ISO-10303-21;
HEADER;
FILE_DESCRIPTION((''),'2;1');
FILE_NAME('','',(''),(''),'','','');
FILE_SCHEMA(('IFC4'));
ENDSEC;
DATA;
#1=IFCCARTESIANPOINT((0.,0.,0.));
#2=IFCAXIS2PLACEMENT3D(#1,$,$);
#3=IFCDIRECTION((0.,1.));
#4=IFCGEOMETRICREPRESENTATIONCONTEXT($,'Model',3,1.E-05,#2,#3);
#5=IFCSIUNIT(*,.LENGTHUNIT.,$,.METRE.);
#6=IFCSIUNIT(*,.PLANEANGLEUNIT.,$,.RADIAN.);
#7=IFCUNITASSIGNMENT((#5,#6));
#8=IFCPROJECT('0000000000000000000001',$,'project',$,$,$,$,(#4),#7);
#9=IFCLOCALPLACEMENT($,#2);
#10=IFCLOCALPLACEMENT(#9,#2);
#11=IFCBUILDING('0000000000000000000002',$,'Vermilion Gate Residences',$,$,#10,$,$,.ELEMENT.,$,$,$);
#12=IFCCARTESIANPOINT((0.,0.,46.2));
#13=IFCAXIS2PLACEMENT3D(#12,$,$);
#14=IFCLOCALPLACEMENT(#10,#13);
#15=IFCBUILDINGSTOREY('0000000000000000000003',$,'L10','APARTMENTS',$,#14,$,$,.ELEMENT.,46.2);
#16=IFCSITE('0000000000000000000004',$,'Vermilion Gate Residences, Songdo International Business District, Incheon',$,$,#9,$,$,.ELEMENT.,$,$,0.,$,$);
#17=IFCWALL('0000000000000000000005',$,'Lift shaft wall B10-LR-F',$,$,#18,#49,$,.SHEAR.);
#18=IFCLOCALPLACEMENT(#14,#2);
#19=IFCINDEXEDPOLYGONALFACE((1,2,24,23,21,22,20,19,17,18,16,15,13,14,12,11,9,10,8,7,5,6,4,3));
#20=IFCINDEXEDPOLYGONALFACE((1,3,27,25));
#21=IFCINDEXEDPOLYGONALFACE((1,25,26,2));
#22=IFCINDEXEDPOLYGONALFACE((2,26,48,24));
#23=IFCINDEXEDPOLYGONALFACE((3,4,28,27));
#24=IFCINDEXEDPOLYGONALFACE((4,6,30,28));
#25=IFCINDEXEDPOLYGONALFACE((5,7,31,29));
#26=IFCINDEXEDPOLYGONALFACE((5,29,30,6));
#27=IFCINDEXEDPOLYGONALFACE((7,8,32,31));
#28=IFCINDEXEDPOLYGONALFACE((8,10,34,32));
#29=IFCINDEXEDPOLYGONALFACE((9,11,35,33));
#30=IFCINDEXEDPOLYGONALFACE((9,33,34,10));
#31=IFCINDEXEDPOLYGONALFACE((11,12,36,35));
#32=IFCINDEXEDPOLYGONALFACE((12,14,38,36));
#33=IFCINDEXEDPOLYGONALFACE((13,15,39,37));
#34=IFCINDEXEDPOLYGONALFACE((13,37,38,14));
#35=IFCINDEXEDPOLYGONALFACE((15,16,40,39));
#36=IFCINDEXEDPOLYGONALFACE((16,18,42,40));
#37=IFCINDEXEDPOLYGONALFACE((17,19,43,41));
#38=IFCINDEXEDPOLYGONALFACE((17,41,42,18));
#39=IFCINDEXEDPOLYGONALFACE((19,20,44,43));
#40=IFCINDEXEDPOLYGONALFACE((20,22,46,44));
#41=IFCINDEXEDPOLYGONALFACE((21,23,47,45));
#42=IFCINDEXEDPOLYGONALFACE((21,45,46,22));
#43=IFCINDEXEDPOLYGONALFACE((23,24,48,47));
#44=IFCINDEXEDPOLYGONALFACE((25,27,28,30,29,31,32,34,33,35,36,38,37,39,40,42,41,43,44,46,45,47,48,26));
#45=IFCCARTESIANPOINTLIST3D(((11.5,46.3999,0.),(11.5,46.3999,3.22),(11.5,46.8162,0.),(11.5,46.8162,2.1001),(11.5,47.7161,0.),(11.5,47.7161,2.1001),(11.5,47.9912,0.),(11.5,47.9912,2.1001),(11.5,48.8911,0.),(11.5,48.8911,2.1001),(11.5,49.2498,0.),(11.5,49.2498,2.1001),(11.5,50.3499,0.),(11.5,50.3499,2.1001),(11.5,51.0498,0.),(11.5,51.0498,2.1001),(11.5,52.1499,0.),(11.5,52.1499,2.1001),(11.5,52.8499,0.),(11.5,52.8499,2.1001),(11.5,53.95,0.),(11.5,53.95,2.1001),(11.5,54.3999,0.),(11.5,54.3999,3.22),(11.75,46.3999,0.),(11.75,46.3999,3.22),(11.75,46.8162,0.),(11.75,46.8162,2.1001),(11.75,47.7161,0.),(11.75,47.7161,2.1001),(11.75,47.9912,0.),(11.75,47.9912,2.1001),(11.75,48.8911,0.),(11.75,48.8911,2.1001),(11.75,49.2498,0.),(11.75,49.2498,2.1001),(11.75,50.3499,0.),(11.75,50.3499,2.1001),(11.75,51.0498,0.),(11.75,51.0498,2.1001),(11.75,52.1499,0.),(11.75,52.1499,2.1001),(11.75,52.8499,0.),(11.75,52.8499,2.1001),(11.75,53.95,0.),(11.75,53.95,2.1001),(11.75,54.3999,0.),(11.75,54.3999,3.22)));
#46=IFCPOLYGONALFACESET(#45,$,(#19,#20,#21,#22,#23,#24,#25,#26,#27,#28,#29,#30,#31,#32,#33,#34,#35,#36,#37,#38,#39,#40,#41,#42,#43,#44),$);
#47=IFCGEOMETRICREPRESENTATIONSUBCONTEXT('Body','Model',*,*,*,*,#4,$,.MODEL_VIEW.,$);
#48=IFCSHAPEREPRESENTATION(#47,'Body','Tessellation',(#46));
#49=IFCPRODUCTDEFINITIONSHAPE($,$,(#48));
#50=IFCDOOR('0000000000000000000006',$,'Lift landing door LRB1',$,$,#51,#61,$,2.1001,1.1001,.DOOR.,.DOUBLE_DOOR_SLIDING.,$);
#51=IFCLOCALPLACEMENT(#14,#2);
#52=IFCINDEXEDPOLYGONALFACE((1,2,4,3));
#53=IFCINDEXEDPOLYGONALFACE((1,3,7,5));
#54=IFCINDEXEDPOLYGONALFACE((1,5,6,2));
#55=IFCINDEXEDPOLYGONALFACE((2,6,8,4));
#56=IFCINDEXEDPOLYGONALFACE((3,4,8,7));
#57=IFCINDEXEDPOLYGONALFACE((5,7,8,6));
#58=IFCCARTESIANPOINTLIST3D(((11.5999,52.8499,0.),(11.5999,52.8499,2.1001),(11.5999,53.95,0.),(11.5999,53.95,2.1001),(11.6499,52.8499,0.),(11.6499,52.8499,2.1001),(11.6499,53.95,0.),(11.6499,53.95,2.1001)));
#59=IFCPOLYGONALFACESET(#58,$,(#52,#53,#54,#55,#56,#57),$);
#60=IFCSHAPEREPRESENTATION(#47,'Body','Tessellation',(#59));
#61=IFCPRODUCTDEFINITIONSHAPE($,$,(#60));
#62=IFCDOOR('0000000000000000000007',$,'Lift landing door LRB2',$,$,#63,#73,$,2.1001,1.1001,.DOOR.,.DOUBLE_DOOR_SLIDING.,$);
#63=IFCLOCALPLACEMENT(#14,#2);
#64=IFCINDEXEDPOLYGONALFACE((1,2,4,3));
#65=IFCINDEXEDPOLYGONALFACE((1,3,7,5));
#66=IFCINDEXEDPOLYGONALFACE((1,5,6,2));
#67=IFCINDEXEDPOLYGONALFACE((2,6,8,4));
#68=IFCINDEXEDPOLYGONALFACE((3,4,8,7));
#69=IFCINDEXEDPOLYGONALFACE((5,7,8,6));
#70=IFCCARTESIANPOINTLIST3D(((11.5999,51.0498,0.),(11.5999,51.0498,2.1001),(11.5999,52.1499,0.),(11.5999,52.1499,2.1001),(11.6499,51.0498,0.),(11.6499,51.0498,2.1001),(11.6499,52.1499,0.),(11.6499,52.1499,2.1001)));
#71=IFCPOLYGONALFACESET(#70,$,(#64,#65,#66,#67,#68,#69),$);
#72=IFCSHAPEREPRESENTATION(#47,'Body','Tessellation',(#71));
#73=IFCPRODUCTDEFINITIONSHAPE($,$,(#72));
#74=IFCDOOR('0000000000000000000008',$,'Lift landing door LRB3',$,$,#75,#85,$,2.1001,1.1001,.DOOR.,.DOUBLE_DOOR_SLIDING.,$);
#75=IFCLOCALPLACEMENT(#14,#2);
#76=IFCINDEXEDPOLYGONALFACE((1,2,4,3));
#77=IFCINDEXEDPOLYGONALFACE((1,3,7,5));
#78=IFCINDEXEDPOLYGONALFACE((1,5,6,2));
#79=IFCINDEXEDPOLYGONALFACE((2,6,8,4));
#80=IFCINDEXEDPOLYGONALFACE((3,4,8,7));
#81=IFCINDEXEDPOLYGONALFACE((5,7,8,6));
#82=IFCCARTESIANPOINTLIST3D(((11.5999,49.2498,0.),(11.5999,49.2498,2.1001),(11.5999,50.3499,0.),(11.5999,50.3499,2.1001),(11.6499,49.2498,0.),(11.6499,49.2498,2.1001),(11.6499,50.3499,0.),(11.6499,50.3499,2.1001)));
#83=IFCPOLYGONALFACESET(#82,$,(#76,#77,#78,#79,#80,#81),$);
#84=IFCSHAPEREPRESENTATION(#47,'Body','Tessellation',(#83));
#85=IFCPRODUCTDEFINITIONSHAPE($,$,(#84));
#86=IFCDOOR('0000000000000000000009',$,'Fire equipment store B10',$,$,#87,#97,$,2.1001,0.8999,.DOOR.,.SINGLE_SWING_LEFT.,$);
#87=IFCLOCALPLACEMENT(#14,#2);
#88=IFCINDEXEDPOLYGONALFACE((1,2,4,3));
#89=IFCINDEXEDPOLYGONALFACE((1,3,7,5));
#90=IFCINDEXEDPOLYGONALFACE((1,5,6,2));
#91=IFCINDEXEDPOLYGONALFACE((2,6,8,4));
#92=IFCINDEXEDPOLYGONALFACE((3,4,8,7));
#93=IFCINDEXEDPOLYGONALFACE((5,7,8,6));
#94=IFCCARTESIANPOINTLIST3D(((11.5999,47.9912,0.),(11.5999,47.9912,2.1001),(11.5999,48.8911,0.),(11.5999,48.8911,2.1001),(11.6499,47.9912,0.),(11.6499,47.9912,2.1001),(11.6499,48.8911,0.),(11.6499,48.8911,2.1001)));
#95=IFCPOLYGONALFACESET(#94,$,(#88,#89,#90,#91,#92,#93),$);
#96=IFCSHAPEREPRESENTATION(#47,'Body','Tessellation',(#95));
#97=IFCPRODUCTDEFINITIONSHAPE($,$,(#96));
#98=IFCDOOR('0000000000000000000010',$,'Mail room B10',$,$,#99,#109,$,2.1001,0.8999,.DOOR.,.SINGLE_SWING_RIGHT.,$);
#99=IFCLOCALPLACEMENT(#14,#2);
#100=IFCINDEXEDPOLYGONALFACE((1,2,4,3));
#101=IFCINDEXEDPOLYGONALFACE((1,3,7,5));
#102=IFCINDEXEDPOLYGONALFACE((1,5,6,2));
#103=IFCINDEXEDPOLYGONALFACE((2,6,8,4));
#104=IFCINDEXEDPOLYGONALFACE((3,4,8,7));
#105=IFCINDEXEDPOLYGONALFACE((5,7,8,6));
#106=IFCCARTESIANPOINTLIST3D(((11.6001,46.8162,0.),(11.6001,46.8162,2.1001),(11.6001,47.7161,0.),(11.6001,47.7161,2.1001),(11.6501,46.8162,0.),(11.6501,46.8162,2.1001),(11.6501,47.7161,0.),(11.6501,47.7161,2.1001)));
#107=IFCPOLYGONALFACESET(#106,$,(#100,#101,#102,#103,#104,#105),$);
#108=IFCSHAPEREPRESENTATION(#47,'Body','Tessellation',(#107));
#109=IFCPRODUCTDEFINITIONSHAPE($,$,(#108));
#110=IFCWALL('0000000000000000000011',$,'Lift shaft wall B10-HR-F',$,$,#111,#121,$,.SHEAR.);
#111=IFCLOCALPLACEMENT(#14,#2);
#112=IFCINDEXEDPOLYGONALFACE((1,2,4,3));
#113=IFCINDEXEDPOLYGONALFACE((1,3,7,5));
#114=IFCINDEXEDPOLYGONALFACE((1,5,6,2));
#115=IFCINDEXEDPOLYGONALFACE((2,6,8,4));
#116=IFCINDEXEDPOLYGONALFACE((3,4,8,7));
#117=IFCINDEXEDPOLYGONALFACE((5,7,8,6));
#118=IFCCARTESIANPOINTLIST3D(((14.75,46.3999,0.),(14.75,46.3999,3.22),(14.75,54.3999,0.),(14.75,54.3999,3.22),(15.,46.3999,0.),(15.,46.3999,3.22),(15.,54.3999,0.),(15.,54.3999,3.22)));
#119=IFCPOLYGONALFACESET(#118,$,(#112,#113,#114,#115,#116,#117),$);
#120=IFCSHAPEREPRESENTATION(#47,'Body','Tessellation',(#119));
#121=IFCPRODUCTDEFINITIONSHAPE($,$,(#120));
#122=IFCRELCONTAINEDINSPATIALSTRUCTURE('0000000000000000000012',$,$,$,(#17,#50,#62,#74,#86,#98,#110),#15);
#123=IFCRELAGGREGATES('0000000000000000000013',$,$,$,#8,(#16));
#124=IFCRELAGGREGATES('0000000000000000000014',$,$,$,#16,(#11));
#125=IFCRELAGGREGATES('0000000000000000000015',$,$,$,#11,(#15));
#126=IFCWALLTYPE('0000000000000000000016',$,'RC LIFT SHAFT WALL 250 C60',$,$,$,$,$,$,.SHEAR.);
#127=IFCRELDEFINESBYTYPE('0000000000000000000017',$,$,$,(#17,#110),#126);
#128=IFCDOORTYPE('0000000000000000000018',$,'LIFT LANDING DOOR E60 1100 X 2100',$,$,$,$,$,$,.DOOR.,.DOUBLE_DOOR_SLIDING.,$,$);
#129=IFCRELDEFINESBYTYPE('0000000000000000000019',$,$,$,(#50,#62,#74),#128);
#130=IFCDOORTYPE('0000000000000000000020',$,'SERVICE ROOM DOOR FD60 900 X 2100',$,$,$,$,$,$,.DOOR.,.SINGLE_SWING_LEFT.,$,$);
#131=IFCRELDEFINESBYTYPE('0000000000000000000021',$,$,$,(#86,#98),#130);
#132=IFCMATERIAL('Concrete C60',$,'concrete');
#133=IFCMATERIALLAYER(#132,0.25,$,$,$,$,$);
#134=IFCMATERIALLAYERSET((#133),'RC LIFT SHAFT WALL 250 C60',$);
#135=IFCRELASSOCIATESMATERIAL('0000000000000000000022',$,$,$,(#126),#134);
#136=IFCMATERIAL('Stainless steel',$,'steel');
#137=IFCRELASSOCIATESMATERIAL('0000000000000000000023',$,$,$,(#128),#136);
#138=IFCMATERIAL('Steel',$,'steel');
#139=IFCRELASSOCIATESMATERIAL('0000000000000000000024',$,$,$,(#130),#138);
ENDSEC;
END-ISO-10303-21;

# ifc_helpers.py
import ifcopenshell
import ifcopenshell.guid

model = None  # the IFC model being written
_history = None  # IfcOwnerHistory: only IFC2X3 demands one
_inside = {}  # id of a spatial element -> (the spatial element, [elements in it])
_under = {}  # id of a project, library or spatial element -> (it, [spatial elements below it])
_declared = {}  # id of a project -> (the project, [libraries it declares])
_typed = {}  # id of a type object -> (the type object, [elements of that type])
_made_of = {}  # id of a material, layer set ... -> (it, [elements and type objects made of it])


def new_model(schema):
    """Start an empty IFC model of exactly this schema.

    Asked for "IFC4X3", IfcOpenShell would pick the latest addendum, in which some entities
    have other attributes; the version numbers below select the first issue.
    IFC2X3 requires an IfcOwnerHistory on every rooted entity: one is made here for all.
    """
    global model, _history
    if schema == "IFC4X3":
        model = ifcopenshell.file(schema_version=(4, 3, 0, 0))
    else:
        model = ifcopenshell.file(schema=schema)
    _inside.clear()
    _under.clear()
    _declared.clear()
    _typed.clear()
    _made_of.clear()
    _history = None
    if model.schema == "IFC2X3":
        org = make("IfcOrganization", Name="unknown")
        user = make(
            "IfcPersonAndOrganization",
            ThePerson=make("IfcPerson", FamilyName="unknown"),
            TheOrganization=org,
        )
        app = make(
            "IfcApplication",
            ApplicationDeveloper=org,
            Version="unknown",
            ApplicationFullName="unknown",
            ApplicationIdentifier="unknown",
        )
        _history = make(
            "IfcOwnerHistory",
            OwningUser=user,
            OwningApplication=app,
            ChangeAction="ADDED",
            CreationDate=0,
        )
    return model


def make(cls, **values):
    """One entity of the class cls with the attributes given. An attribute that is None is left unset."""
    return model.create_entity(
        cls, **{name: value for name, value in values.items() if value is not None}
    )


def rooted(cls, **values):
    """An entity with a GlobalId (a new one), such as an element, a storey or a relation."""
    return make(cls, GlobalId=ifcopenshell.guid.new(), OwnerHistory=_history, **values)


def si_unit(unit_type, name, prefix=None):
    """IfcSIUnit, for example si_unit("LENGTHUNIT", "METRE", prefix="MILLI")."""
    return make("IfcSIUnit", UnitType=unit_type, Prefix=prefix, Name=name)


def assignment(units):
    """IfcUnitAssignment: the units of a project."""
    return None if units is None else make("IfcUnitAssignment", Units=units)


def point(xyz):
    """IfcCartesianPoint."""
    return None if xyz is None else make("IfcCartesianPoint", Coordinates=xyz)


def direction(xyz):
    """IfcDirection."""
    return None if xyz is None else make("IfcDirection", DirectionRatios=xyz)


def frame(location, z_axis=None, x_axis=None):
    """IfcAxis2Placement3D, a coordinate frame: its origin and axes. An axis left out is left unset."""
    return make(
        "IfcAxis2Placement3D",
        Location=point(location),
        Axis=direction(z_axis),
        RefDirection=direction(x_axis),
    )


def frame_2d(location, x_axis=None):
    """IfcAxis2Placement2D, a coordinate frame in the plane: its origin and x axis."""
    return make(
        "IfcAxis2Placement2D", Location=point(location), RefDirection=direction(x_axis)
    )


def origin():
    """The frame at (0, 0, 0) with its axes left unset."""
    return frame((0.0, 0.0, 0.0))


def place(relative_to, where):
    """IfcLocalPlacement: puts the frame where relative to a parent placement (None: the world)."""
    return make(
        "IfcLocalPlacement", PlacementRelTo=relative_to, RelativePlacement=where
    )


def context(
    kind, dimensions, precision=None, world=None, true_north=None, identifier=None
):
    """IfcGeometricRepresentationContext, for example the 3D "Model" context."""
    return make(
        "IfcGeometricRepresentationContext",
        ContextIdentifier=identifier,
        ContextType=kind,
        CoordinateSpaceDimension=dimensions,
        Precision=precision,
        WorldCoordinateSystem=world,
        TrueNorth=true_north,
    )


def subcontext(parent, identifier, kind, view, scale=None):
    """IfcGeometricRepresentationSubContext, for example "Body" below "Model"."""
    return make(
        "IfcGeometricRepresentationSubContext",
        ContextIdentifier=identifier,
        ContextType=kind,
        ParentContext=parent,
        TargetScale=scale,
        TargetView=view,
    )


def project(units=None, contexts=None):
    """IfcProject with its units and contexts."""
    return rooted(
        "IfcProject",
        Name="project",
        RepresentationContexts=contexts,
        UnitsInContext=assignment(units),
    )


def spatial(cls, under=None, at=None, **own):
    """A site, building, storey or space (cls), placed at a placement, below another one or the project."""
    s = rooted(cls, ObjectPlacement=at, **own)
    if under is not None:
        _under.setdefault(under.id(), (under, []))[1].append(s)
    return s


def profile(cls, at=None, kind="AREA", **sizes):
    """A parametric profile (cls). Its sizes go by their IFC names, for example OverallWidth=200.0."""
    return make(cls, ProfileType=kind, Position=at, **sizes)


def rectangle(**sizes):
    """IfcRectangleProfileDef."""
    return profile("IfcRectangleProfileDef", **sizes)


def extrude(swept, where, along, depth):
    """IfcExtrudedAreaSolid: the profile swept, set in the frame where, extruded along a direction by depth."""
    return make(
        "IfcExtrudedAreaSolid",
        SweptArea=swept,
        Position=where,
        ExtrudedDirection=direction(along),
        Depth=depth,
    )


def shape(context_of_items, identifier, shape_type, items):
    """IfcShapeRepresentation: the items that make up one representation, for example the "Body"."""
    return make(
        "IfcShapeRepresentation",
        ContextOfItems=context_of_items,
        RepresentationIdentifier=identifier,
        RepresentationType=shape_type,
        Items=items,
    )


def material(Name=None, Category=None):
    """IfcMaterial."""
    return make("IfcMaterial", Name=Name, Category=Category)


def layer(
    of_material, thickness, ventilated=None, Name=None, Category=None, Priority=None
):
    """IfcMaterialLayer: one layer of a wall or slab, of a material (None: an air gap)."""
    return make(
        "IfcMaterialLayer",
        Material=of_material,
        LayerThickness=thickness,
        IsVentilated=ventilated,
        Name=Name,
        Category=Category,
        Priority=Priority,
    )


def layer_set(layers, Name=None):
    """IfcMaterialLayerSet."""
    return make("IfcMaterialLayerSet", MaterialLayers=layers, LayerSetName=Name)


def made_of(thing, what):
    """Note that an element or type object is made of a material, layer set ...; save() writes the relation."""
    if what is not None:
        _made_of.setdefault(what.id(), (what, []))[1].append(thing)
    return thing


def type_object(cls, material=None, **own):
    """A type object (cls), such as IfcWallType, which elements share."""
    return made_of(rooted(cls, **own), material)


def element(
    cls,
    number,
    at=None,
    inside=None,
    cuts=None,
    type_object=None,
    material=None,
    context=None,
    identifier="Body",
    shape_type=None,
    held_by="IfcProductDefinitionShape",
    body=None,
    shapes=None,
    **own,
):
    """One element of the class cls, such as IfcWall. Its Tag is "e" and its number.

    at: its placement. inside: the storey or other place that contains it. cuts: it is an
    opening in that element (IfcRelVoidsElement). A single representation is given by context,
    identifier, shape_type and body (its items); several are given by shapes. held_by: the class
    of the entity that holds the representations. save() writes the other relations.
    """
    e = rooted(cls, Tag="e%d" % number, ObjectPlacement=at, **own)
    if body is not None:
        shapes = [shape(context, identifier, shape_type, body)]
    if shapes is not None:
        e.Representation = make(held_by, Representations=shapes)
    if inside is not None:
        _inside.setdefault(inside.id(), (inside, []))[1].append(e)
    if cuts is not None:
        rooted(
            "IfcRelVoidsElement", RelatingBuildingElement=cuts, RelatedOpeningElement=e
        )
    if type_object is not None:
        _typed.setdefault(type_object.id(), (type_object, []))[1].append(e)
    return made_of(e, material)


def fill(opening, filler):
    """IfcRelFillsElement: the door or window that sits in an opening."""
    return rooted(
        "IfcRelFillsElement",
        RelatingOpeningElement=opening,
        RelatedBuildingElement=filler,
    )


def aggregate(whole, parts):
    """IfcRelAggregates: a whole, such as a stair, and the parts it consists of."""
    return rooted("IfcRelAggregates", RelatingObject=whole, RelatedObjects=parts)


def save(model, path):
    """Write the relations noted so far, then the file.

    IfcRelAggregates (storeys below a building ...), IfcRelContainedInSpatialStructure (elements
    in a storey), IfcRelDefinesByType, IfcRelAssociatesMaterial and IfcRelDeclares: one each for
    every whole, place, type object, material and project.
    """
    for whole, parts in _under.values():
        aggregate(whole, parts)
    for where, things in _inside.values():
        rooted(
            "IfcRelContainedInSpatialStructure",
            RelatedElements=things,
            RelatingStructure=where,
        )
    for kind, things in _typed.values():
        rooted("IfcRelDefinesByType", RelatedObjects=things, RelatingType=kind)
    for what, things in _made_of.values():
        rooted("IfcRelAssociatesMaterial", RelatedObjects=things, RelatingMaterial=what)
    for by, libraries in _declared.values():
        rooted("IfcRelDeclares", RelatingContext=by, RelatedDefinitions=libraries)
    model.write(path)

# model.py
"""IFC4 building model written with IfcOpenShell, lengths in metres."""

from ifc_helpers import new_model, si_unit, direction, frame, frame_2d, origin, place, context, subcontext, project, spatial, rectangle, extrude, material, layer, layer_set, type_object, element, fill, save


model = new_model("IFC4")

# Units and contexts
model_context = context("Model", 3, precision=1e-05, world=origin(), true_north=direction((0.0, 1.0)))
body_context = subcontext(model_context, "Body", "Model", "MODEL_VIEW")
ifc_project = project(units=[si_unit("LENGTHUNIT", "METRE"), si_unit("PLANEANGLEUNIT", "RADIAN")], contexts=[model_context])

# Site, building, storey
site_placement = place(None, origin())
site = spatial("IfcSite", under=ifc_project, at=site_placement, Name="Vermilion Gate Residences, Songdo International Business District, Incheon", CompositionType="ELEMENT", RefElevation=0.0)
building_placement = place(site_placement, origin())
building = spatial("IfcBuilding", under=site, at=building_placement, Name="Vermilion Gate Residences", CompositionType="ELEMENT")
storey_placement = place(building_placement, frame((0.0, 0.0, 46.2)))
storey = spatial("IfcBuildingStorey", under=building, at=storey_placement, Name="L10", Description="APARTMENTS", CompositionType="ELEMENT", Elevation=46.2)

# Wall, openings, doors
ifc_material_1 = material(Name="Concrete C60", Category="concrete")
ifc_layer_1 = layer(ifc_material_1, 0.25)
ifc_layer_set_1 = layer_set([ifc_layer_1], Name="RC LIFT SHAFT WALL 250 C60")
wall_type_1 = type_object("IfcWallType", Name="RC LIFT SHAFT WALL 250 C60", PredefinedType="SHEAR", material=ifc_layer_set_1)
wall_1_placement = place(storey_placement, frame((11.625, 54.3999, 0.0), z_axis=(0.0, 0.0, 1.0), x_axis=(0.0, -1.0, 0.0)))
wall_1 = element("IfcWall", 1, at=wall_1_placement, inside=storey, type_object=wall_type_1, Name="Lift shaft wall B10-LR-F", PredefinedType="SHEAR", context=body_context, shape_type="SweptSolid", body=[
    extrude(rectangle(XDim=8.0, YDim=0.25, at=frame_2d((4.0, 0.0))), origin(), (0.0, 0.0, 1.0), 3.22),
])
opening_1_placement = place(wall_1_placement, frame((0.45, 0.0, 0.0)))
opening_1 = element("IfcOpeningElement", 2, at=opening_1_placement, cuts=wall_1, PredefinedType="OPENING", context=body_context, shape_type="SweptSolid", body=[
    extrude(rectangle(XDim=1.1001, YDim=2.1001, at=frame_2d((0.55, 1.05))), frame((0.0, 0.135, 0.0), z_axis=(0.0, -1.0, 0.0), x_axis=(1.0, 0.0, 0.0)), (0.0, 0.0, 1.0), 0.27),
])
opening_2_placement = place(wall_1_placement, frame((2.25, 0.0, 0.0)))
opening_2 = element("IfcOpeningElement", 3, at=opening_2_placement, cuts=wall_1, PredefinedType="OPENING", context=body_context, shape_type="SweptSolid", body=[
    extrude(rectangle(XDim=1.1001, YDim=2.1001, at=frame_2d((0.55, 1.05))), frame((0.0, 0.135, 0.0), z_axis=(0.0, -1.0, 0.0), x_axis=(1.0, 0.0, 0.0)), (0.0, 0.0, 1.0), 0.27),
])
opening_3_placement = place(wall_1_placement, frame((4.05, 0.0, 0.0)))
opening_3 = element("IfcOpeningElement", 4, at=opening_3_placement, cuts=wall_1, PredefinedType="OPENING", context=body_context, shape_type="SweptSolid", body=[
    extrude(rectangle(XDim=1.1001, YDim=2.1001, at=frame_2d((0.55, 1.05))), frame((0.0, 0.135, 0.0), z_axis=(0.0, -1.0, 0.0), x_axis=(1.0, 0.0, 0.0)), (0.0, 0.0, 1.0), 0.27),
])
opening_4_placement = place(wall_1_placement, frame((5.5088, 0.0, 0.0)))
opening_4 = element("IfcOpeningElement", 5, at=opening_4_placement, cuts=wall_1, PredefinedType="OPENING", context=body_context, shape_type="SweptSolid", body=[
    extrude(rectangle(XDim=0.8999, YDim=2.1001, at=frame_2d((0.45, 1.05))), frame((0.0, 0.135, 0.0), z_axis=(0.0, -1.0, 0.0), x_axis=(1.0, 0.0, 0.0)), (0.0, 0.0, 1.0), 0.27),
])
opening_5_placement = place(wall_1_placement, frame((6.6838, 0.0, 0.0)))
opening_5 = element("IfcOpeningElement", 6, at=opening_5_placement, cuts=wall_1, PredefinedType="OPENING", context=body_context, shape_type="SweptSolid", body=[
    extrude(rectangle(XDim=0.8999, YDim=2.1001, at=frame_2d((0.45, 1.05))), frame((0.0, 0.135, 0.0), z_axis=(0.0, -1.0, 0.0), x_axis=(1.0, 0.0, 0.0)), (0.0, 0.0, 1.0), 0.27),
])
ifc_material_2 = material(Name="Stainless steel", Category="steel")
door_type_1 = type_object("IfcDoorType", Name="LIFT LANDING DOOR E60 1100 X 2100", OperationType="DOUBLE_DOOR_SLIDING", PredefinedType="DOOR", material=ifc_material_2)
door_1_placement = place(opening_1_placement, origin())
door_1 = element("IfcDoor", 7, at=door_1_placement, inside=storey, type_object=door_type_1, Name="Lift landing door LRB1", OperationType="DOUBLE_DOOR_SLIDING", OverallHeight=2.1001, OverallWidth=1.1001, PredefinedType="DOOR", context=body_context, shape_type="SweptSolid", body=[
    extrude(rectangle(XDim=1.1001, YDim=2.1001, at=frame_2d((0.55, 1.05))), frame((0.0, 0.0249, 0.0), z_axis=(0.0, -1.0, 0.0), x_axis=(1.0, 0.0, 0.0)), (0.0, 0.0, 1.0), 0.05),
])
fill(opening_1, door_1)
door_2_placement = place(opening_2_placement, origin())
door_2 = element("IfcDoor", 8, at=door_2_placement, inside=storey, type_object=door_type_1, Name="Lift landing door LRB2", OperationType="DOUBLE_DOOR_SLIDING", OverallHeight=2.1001, OverallWidth=1.1001, PredefinedType="DOOR", context=body_context, shape_type="SweptSolid", body=[
    extrude(rectangle(XDim=1.1001, YDim=2.1001, at=frame_2d((0.55, 1.05))), frame((0.0, 0.0249, 0.0), z_axis=(0.0, -1.0, 0.0), x_axis=(1.0, 0.0, 0.0)), (0.0, 0.0, 1.0), 0.05),
])
fill(opening_2, door_2)
door_3_placement = place(opening_3_placement, origin())
door_3 = element("IfcDoor", 9, at=door_3_placement, inside=storey, type_object=door_type_1, Name="Lift landing door LRB3", OperationType="DOUBLE_DOOR_SLIDING", OverallHeight=2.1001, OverallWidth=1.1001, PredefinedType="DOOR", context=body_context, shape_type="SweptSolid", body=[
    extrude(rectangle(XDim=1.1001, YDim=2.1001, at=frame_2d((0.55, 1.05))), frame((0.0, 0.0249, 0.0), z_axis=(0.0, -1.0, 0.0), x_axis=(1.0, 0.0, 0.0)), (0.0, 0.0, 1.0), 0.05),
])
fill(opening_3, door_3)
ifc_material_3 = material(Name="Steel", Category="steel")
door_type_2 = type_object("IfcDoorType", Name="SERVICE ROOM DOOR FD60 900 X 2100", OperationType="SINGLE_SWING_LEFT", PredefinedType="DOOR", material=ifc_material_3)
door_4_placement = place(opening_4_placement, origin())
door_4 = element("IfcDoor", 10, at=door_4_placement, inside=storey, type_object=door_type_2, Name="Fire equipment store B10", OperationType="SINGLE_SWING_LEFT", OverallHeight=2.1001, OverallWidth=0.8999, PredefinedType="DOOR", context=body_context, shape_type="SweptSolid", body=[
    extrude(rectangle(XDim=0.8999, YDim=2.1001, at=frame_2d((0.45, 1.05))), frame((0.0, 0.0249, 0.0), z_axis=(0.0, -1.0, 0.0), x_axis=(1.0, 0.0, 0.0)), (0.0, 0.0, 1.0), 0.05),
])
fill(opening_4, door_4)
door_5_placement = place(opening_5_placement, frame((0.8999, 0.0, 0.0), z_axis=(0.0, 0.0, 1.0), x_axis=(-1.0, 0.0, 0.0)))
door_5 = element("IfcDoor", 11, at=door_5_placement, inside=storey, type_object=door_type_2, Name="Mail room B10", OperationType="SINGLE_SWING_RIGHT", OverallHeight=2.1001, OverallWidth=0.8999, PredefinedType="DOOR", context=body_context, shape_type="SweptSolid", body=[
    extrude(rectangle(XDim=0.8999, YDim=2.1001, at=frame_2d((0.45, 1.05))), frame((0.0, 0.0249, 0.0), z_axis=(0.0, -1.0, 0.0), x_axis=(1.0, 0.0, 0.0)), (0.0, 0.0, 1.0), 0.05),
])
fill(opening_5, door_5)

# Wall
wall_2_placement = place(storey_placement, frame((14.875, 54.3999, 0.0), z_axis=(0.0, 0.0, 1.0), x_axis=(0.0, -1.0, 0.0)))
element("IfcWall", 12, at=wall_2_placement, inside=storey, type_object=wall_type_1, Name="Lift shaft wall B10-HR-F", PredefinedType="SHEAR", context=body_context, shape_type="SweptSolid", body=[
    extrude(rectangle(XDim=8.0, YDim=0.25, at=frame_2d((4.0, 0.0))), origin(), (0.0, 0.0, 1.0), 3.22),
])

save(model, "model.ifc")
